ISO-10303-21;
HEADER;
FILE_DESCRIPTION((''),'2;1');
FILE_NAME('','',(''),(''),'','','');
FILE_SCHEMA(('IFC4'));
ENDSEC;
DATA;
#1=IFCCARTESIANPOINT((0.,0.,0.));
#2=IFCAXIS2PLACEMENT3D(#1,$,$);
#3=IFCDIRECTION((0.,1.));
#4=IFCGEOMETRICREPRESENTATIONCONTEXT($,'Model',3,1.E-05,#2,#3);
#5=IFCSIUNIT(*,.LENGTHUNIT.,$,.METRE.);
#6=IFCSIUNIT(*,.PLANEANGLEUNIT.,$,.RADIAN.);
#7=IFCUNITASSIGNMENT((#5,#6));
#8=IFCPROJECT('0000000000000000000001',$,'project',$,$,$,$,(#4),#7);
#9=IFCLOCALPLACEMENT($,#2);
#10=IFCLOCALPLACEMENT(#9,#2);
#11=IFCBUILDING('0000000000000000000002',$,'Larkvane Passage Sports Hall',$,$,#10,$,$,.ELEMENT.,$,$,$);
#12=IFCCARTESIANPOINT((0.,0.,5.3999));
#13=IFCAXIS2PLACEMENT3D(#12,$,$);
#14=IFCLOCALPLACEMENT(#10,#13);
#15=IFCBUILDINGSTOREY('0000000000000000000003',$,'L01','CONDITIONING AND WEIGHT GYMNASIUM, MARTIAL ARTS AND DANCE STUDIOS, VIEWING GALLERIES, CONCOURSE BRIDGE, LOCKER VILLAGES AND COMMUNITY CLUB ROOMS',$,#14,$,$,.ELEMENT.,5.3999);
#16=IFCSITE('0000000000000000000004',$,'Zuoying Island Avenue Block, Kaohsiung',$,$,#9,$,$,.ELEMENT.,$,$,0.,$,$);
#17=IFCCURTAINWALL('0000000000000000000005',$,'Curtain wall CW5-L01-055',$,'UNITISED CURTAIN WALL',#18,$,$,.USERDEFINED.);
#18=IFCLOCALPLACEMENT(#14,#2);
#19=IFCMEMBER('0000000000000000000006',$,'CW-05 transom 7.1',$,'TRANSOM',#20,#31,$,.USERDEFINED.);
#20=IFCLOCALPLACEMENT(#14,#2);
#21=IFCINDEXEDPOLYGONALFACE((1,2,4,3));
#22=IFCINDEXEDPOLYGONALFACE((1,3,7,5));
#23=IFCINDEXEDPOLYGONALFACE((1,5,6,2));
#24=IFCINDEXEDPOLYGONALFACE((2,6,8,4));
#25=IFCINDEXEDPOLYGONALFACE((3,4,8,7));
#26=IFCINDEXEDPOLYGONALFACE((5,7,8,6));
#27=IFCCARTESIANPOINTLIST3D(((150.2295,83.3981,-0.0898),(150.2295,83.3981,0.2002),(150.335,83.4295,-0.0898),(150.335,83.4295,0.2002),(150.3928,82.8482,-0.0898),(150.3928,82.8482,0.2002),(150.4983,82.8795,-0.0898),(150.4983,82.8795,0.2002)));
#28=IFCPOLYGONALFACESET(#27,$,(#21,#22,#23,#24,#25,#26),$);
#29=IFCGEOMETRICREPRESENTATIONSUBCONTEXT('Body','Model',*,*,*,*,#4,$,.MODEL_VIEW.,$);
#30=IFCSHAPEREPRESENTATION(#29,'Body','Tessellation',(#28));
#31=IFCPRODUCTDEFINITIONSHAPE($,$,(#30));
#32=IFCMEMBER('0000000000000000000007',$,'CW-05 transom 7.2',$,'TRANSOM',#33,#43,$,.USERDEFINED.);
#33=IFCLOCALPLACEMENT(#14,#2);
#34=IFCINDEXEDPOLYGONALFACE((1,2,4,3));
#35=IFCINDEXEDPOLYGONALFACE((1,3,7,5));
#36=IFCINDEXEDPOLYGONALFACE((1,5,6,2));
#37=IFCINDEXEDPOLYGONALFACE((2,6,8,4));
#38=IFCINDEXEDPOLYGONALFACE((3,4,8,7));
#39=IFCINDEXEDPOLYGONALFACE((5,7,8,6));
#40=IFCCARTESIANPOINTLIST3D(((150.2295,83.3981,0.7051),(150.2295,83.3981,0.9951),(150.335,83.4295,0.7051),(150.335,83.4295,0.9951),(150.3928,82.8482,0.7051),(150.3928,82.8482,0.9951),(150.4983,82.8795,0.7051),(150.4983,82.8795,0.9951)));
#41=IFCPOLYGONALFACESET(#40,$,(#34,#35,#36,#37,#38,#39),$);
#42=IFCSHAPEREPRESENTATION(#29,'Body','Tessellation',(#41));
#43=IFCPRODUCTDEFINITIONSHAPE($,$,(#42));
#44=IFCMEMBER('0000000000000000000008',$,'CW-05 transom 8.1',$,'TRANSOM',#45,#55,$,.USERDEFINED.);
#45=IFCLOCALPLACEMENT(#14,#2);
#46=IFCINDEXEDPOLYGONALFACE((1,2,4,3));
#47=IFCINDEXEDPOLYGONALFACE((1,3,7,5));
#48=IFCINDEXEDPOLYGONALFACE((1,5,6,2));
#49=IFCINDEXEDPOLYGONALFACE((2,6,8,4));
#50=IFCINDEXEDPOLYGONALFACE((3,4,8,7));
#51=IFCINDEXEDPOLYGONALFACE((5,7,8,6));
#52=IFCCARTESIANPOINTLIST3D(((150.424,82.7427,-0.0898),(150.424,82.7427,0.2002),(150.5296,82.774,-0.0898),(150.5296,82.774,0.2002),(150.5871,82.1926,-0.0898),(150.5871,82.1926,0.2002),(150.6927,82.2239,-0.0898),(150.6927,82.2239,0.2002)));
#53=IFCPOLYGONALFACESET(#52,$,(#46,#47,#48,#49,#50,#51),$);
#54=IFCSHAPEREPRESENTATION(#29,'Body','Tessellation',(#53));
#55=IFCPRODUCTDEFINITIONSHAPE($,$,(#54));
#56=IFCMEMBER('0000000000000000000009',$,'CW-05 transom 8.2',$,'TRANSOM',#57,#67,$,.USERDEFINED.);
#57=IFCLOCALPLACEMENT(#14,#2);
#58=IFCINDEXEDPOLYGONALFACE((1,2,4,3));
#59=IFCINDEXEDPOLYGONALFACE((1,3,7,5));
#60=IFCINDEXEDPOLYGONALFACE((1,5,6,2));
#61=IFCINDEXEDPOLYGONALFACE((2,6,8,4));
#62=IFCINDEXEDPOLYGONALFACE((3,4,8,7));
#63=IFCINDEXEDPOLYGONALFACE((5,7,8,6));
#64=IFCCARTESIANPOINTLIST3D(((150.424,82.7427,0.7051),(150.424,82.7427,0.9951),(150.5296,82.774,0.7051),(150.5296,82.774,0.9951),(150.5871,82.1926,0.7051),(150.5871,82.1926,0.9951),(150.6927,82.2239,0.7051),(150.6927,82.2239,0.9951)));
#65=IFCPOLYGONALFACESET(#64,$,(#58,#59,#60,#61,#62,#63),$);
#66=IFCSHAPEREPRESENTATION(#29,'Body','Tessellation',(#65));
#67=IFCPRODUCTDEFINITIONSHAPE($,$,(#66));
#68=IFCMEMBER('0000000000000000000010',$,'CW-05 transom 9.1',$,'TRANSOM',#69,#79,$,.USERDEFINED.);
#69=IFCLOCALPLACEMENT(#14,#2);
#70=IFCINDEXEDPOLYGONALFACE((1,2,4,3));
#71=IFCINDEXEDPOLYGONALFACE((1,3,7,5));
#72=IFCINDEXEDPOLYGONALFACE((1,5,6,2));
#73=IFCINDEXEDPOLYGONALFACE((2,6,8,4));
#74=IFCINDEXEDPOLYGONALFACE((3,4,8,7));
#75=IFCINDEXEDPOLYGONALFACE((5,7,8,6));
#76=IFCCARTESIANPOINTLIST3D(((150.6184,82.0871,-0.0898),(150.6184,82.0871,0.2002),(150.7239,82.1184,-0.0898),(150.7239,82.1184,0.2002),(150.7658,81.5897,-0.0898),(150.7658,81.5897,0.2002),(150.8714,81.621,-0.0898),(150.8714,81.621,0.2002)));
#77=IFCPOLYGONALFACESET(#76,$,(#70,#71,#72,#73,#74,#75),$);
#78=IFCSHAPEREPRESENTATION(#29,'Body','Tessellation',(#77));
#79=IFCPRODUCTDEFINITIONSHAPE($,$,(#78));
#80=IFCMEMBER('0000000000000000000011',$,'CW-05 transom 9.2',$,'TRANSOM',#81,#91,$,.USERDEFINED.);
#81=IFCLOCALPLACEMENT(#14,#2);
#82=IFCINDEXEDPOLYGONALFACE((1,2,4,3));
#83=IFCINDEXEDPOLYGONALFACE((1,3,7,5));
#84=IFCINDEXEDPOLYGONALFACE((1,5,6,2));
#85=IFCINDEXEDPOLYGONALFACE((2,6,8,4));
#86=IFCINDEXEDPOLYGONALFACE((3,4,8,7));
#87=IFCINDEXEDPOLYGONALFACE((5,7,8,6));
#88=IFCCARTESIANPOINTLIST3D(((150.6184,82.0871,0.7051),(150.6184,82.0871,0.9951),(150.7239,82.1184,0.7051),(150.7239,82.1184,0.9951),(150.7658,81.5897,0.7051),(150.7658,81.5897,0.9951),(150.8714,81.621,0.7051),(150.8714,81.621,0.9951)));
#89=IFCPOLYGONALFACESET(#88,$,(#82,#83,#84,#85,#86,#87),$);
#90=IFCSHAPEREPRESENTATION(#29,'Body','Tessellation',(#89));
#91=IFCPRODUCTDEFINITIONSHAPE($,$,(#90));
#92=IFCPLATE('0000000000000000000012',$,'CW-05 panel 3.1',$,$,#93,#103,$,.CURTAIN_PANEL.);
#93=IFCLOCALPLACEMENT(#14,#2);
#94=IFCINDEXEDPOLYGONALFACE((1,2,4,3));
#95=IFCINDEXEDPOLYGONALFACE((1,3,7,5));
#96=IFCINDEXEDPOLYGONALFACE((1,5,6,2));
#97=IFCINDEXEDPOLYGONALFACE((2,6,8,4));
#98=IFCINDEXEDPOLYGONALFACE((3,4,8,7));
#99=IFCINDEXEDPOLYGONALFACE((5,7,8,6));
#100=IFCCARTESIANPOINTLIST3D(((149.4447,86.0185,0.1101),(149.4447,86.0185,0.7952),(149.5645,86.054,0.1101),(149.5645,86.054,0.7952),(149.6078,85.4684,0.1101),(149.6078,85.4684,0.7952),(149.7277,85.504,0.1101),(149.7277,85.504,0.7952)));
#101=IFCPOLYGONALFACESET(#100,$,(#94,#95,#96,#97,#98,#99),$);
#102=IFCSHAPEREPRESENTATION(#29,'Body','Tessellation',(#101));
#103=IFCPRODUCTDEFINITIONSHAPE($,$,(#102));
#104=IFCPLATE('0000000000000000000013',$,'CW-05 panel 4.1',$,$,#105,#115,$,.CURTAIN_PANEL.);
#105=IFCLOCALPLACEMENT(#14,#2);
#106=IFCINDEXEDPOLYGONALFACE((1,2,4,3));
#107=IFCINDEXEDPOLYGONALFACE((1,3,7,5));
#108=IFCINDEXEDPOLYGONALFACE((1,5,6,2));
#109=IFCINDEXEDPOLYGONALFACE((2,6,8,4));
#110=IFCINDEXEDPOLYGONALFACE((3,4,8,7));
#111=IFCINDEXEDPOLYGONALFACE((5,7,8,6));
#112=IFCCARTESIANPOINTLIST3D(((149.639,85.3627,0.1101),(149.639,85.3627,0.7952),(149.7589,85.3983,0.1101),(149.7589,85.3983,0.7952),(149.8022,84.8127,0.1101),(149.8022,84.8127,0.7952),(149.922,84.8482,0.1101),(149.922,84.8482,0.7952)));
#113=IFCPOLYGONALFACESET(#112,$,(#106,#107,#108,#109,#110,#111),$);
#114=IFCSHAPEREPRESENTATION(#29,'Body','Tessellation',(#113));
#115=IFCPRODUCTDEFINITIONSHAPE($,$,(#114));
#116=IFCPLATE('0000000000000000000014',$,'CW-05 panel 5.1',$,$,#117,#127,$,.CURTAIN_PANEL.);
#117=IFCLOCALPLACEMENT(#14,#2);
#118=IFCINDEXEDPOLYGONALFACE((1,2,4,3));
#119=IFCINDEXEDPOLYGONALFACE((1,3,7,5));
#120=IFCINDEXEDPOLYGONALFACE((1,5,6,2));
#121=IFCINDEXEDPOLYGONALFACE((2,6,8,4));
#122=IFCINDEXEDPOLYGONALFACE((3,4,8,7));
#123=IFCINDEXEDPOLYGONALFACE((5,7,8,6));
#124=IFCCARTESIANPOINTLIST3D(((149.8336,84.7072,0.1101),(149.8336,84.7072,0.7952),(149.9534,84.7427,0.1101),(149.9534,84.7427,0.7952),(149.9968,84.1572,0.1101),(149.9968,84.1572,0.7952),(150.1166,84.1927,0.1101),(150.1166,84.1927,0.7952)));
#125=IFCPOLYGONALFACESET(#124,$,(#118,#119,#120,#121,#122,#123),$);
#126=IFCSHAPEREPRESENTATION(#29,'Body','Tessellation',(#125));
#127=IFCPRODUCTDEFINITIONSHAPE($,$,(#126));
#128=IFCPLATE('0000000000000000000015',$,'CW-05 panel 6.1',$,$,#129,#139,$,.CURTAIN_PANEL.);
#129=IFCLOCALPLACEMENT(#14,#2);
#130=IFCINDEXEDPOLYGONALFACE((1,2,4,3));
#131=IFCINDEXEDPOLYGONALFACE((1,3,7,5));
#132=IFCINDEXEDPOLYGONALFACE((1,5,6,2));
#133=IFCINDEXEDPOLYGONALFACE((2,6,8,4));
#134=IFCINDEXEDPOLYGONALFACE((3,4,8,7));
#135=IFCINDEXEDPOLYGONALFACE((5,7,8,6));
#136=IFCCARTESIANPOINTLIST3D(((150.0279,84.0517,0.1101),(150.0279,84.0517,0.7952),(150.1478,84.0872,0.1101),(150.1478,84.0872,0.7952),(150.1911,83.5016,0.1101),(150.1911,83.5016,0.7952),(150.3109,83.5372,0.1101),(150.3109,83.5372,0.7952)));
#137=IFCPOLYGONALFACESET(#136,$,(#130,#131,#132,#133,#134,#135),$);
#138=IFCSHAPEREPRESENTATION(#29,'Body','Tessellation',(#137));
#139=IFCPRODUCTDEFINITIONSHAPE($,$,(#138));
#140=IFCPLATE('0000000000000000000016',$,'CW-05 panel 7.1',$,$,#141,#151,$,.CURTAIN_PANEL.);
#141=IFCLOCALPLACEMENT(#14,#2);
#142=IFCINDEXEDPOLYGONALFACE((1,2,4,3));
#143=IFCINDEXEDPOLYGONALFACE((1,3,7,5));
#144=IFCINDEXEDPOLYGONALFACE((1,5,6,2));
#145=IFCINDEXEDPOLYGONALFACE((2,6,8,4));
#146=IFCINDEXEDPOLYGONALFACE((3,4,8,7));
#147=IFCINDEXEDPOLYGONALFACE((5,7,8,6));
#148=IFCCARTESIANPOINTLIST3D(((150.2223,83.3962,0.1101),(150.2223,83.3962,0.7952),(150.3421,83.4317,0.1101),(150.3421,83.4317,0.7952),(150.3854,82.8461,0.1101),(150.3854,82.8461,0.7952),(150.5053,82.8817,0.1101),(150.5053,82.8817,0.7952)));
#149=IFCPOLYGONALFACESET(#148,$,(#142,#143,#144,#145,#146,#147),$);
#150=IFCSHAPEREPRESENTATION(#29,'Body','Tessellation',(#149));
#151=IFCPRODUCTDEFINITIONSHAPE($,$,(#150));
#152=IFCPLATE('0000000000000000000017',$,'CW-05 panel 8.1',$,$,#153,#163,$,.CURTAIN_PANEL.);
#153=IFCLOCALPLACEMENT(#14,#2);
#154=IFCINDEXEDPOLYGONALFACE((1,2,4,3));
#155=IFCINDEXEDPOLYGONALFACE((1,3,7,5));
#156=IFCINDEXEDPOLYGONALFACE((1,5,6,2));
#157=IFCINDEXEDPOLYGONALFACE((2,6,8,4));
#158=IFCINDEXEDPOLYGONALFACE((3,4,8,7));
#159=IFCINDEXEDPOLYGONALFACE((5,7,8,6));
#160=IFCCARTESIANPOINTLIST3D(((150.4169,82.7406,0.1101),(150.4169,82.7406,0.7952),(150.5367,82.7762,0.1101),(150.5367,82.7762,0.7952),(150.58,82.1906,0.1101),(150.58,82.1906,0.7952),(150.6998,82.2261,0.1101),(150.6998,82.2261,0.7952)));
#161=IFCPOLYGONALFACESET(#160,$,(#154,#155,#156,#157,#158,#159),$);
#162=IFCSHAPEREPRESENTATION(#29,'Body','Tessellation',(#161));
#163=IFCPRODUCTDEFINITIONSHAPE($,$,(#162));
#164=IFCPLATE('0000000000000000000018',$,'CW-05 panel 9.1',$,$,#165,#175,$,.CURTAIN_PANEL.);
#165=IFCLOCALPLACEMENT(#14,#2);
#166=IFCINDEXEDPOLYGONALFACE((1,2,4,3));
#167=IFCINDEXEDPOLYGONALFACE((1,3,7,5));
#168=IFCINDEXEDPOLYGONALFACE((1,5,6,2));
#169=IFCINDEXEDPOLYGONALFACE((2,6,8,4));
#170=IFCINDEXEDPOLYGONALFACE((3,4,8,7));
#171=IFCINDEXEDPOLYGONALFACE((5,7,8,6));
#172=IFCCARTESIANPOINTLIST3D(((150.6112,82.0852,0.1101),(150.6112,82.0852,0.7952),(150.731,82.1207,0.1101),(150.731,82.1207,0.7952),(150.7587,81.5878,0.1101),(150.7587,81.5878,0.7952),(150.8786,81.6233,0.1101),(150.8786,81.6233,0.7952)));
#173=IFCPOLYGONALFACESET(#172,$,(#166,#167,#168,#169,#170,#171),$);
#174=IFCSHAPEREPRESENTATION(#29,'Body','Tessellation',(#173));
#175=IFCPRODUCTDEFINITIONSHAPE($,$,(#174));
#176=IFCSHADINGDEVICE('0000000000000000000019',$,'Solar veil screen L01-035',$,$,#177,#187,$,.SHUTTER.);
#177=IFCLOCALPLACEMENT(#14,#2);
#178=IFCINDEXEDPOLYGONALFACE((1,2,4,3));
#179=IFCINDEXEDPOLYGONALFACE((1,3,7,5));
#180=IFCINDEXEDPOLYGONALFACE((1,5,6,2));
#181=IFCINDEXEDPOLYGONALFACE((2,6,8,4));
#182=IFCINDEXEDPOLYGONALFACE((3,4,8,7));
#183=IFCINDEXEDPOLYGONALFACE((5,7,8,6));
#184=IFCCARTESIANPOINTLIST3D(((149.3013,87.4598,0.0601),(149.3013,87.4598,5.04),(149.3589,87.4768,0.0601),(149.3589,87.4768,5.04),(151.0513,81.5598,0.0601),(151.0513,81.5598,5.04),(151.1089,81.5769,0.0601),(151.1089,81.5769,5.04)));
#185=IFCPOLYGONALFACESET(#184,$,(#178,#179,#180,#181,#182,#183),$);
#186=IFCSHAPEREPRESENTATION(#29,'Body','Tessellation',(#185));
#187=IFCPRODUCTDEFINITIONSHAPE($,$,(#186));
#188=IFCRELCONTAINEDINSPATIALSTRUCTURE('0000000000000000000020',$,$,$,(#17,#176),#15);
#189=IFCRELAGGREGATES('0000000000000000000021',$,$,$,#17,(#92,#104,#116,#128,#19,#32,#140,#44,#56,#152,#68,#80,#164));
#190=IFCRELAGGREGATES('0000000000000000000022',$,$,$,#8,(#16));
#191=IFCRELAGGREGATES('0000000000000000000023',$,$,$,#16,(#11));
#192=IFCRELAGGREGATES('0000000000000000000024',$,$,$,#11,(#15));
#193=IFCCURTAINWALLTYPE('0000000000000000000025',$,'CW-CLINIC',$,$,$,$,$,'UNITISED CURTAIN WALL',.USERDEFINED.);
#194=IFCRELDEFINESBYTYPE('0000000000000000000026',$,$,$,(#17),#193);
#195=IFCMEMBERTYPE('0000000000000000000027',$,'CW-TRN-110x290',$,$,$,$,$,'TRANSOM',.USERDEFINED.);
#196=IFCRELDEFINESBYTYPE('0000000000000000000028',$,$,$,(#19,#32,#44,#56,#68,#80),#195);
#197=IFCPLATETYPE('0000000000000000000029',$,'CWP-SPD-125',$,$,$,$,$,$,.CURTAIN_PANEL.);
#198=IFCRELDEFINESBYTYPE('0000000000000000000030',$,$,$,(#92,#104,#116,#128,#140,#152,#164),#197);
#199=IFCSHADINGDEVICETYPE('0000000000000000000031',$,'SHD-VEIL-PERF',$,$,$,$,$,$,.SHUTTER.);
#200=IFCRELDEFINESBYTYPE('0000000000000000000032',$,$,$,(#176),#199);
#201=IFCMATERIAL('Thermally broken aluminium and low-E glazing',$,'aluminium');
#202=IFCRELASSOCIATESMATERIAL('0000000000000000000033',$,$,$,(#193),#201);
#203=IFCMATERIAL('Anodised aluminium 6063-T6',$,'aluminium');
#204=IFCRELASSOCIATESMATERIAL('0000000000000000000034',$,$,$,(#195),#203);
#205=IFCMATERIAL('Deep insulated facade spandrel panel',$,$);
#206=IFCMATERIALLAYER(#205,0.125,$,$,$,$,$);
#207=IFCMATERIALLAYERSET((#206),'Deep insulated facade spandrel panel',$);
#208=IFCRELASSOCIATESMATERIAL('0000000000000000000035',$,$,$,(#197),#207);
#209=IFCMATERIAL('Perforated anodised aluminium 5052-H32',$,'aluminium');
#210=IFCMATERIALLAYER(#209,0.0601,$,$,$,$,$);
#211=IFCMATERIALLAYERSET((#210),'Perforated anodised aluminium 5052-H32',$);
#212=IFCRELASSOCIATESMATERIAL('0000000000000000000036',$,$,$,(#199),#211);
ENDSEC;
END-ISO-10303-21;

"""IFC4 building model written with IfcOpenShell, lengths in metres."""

from ifc_helpers import new_model, si_unit, direction, frame, origin, origin_2d, place, context, subcontext, project, spatial, rectangle, extrude, material, layer, layer_set, material_profile, profile_set, type_object, element, aggregate, save


model = new_model("IFC4")

# Units and contexts
model_context = context("Model", 3, precision=1e-05, world=origin(), true_north=direction((0.0, 1.0)))
body_context = subcontext(model_context, "Body", "Model", "MODEL_VIEW")
ifc_project = project(units=[si_unit("LENGTHUNIT", "METRE"), si_unit("PLANEANGLEUNIT", "RADIAN")], contexts=[model_context])

# Site, building, storey
site_placement = place(None, origin())
site = spatial("IfcSite", under=ifc_project, at=site_placement, Name="Zuoying Island Avenue Block, Kaohsiung", CompositionType="ELEMENT", RefElevation=0.0)
building_placement = place(site_placement, origin())
building = spatial("IfcBuilding", under=site, at=building_placement, Name="Larkvane Passage Sports Hall", CompositionType="ELEMENT")
storey_placement = place(building_placement, frame((0.0, 0.0, 5.3999)))
storey = spatial("IfcBuildingStorey", under=building, at=storey_placement, Name="L01", Description="CONDITIONING AND WEIGHT GYMNASIUM, MARTIAL ARTS AND DANCE STUDIOS, VIEWING GALLERIES, CONCOURSE BRIDGE, LOCKER VILLAGES AND COMMUNITY CLUB ROOMS", CompositionType="ELEMENT", Elevation=5.3999)

# Curtain wall, members, plates
ifc_material_1 = material(Name="Thermally broken aluminium and low-E glazing", Category="aluminium")
curtain_wall_type = type_object("IfcCurtainWallType", Name="CW-CLINIC", ElementType="UNITISED CURTAIN WALL", PredefinedType="USERDEFINED", material=ifc_material_1)
curtain_wall_placement = place(storey_placement, origin())
curtain_wall = element("IfcCurtainWall", 1, at=curtain_wall_placement, inside=storey, type_object=curtain_wall_type, Name="Curtain wall CW5-L01-055", ObjectType="UNITISED CURTAIN WALL", PredefinedType="USERDEFINED")
ifc_material_2 = material(Name="Anodised aluminium 6063-T6", Category="aluminium")
ifc_material_profile_1 = material_profile(ifc_material_2, rectangle(XDim=0.1101, YDim=0.29, at=origin_2d()), Name="ALU-TRN-110x290")
ifc_profile_set_1 = profile_set([ifc_material_profile_1], Name="Anodised aluminium 6063-T6")
member_type_1 = type_object("IfcMemberType", Name="CW-TRN-110x290", ElementType="TRANSOM", PredefinedType="USERDEFINED", material=ifc_profile_set_1)
member_1_placement = place(storey_placement, frame((150.2822, 83.4138, 0.0552), z_axis=(0.284653, -0.958631, 0.0), x_axis=(0.958631, 0.284653, 0.0)))
member_1 = element("IfcMember", 2, at=member_1_placement, type_object=member_type_1, Name="CW-05 transom 7.1", ObjectType="TRANSOM", PredefinedType="USERDEFINED", context=body_context, shape_type="SweptSolid", body=[
    extrude(rectangle(XDim=0.1101, YDim=0.29, at=origin_2d()), origin(), (0.0, 0.0, 1.0), 0.5737),
])
member_2_placement = place(storey_placement, frame((150.2822, 83.4138, 0.8501), z_axis=(0.284653, -0.958631, 0.0), x_axis=(0.958631, 0.284653, 0.0)))
member_2 = element("IfcMember", 3, at=member_2_placement, type_object=member_type_1, Name="CW-05 transom 7.2", ObjectType="TRANSOM", PredefinedType="USERDEFINED", context=body_context, shape_type="SweptSolid", body=[
    extrude(rectangle(XDim=0.1101, YDim=0.29, at=origin_2d()), origin(), (0.0, 0.0, 1.0), 0.5737),
])
member_3_placement = place(storey_placement, frame((150.4768, 82.7583, 0.0552), z_axis=(0.284262, -0.958747, 0.0), x_axis=(0.958747, 0.284262, 0.0)))
member_3 = element("IfcMember", 4, at=member_3_placement, type_object=member_type_1, Name="CW-05 transom 8.1", ObjectType="TRANSOM", PredefinedType="USERDEFINED", context=body_context, shape_type="SweptSolid", body=[
    extrude(rectangle(XDim=0.1101, YDim=0.29, at=origin_2d()), origin(), (0.0, 0.0, 1.0), 0.5737),
])
member_4_placement = place(storey_placement, frame((150.4768, 82.7583, 0.8501), z_axis=(0.284262, -0.958747, 0.0), x_axis=(0.958747, 0.284262, 0.0)))
member_4 = element("IfcMember", 5, at=member_4_placement, type_object=member_type_1, Name="CW-05 transom 8.2", ObjectType="TRANSOM", PredefinedType="USERDEFINED", context=body_context, shape_type="SweptSolid", body=[
    extrude(rectangle(XDim=0.1101, YDim=0.29, at=origin_2d()), origin(), (0.0, 0.0, 1.0), 0.5737),
])
member_5_placement = place(storey_placement, frame((150.6711, 82.1028, 0.0552), z_axis=(0.284281, -0.958741, 0.0), x_axis=(0.958741, 0.284281, 0.0)))
member_5 = element("IfcMember", 6, at=member_5_placement, type_object=member_type_1, Name="CW-05 transom 9.1", ObjectType="TRANSOM", PredefinedType="USERDEFINED", context=body_context, shape_type="SweptSolid", body=[
    extrude(rectangle(XDim=0.1101, YDim=0.29, at=origin_2d()), origin(), (0.0, 0.0, 1.0), 0.5188),
])
member_6_placement = place(storey_placement, frame((150.6711, 82.1028, 0.8501), z_axis=(0.284281, -0.958741, 0.0), x_axis=(0.958741, 0.284281, 0.0)))
member_6 = element("IfcMember", 7, at=member_6_placement, type_object=member_type_1, Name="CW-05 transom 9.2", ObjectType="TRANSOM", PredefinedType="USERDEFINED", context=body_context, shape_type="SweptSolid", body=[
    extrude(rectangle(XDim=0.1101, YDim=0.29, at=origin_2d()), origin(), (0.0, 0.0, 1.0), 0.5188),
])
ifc_material_3 = material(Name="Deep insulated facade spandrel panel")
ifc_layer_1 = layer(ifc_material_3, 0.125)
ifc_layer_set_1 = layer_set([ifc_layer_1], Name="Deep insulated facade spandrel panel")
plate_type = type_object("IfcPlateType", Name="CWP-SPD-125", PredefinedType="CURTAIN_PANEL", material=ifc_layer_set_1)
plate_1_placement = place(storey_placement, frame((149.5862, 85.7612, 0.1101), z_axis=(0.0, 0.0, 1.0), x_axis=(0.284365, -0.958716, 0.0)))
plate_1 = element("IfcPlate", 8, at=plate_1_placement, type_object=plate_type, Name="CW-05 panel 3.1", PredefinedType="CURTAIN_PANEL", context=body_context, shape_type="SweptSolid", body=[
    extrude(rectangle(XDim=0.5737, YDim=0.125, at=origin_2d()), origin(), (0.0, 0.0, 1.0), 0.6851),
])
plate_2_placement = place(storey_placement, frame((149.7805, 85.1055, 0.1101), z_axis=(0.0, 0.0, 1.0), x_axis=(0.284365, -0.958716, 0.0)))
plate_2 = element("IfcPlate", 9, at=plate_2_placement, type_object=plate_type, Name="CW-05 panel 4.1", PredefinedType="CURTAIN_PANEL", context=body_context, shape_type="SweptSolid", body=[
    extrude(rectangle(XDim=0.5737, YDim=0.125, at=origin_2d()), origin(), (0.0, 0.0, 1.0), 0.6851),
])
plate_3_placement = place(storey_placement, frame((149.9751, 84.45, 0.1101), z_axis=(0.0, 0.0, 1.0), x_axis=(0.284365, -0.958716, 0.0)))
plate_3 = element("IfcPlate", 10, at=plate_3_placement, type_object=plate_type, Name="CW-05 panel 5.1", PredefinedType="CURTAIN_PANEL", context=body_context, shape_type="SweptSolid", body=[
    extrude(rectangle(XDim=0.5737, YDim=0.125, at=origin_2d()), origin(), (0.0, 0.0, 1.0), 0.6851),
])
plate_4_placement = place(storey_placement, frame((150.1694, 83.7944, 0.1101), z_axis=(0.0, 0.0, 1.0), x_axis=(0.284365, -0.958716, 0.0)))
plate_4 = element("IfcPlate", 11, at=plate_4_placement, type_object=plate_type, Name="CW-05 panel 6.1", PredefinedType="CURTAIN_PANEL", context=body_context, shape_type="SweptSolid", body=[
    extrude(rectangle(XDim=0.5737, YDim=0.125, at=origin_2d()), origin(), (0.0, 0.0, 1.0), 0.6851),
])
plate_5_placement = place(storey_placement, frame((150.3638, 83.1389, 0.1101), z_axis=(0.0, 0.0, 1.0), x_axis=(0.284365, -0.958716, 0.0)))
plate_5 = element("IfcPlate", 12, at=plate_5_placement, type_object=plate_type, Name="CW-05 panel 7.1", PredefinedType="CURTAIN_PANEL", context=body_context, shape_type="SweptSolid", body=[
    extrude(rectangle(XDim=0.5737, YDim=0.125, at=origin_2d()), origin(), (0.0, 0.0, 1.0), 0.6851),
])
plate_6_placement = place(storey_placement, frame((150.5583, 82.4834, 0.1101), z_axis=(0.0, 0.0, 1.0), x_axis=(0.284365, -0.958716, 0.0)))
plate_6 = element("IfcPlate", 13, at=plate_6_placement, type_object=plate_type, Name="CW-05 panel 8.1", PredefinedType="CURTAIN_PANEL", context=body_context, shape_type="SweptSolid", body=[
    extrude(rectangle(XDim=0.5737, YDim=0.125, at=origin_2d()), origin(), (0.0, 0.0, 1.0), 0.6851),
])
plate_7_placement = place(storey_placement, frame((150.7449, 81.8542, 0.1101), z_axis=(0.0, 0.0, 1.0), x_axis=(0.284365, -0.958716, 0.0)))
plate_7 = element("IfcPlate", 14, at=plate_7_placement, type_object=plate_type, Name="CW-05 panel 9.1", PredefinedType="CURTAIN_PANEL", context=body_context, shape_type="SweptSolid", body=[
    extrude(rectangle(XDim=0.5188, YDim=0.125, at=origin_2d()), origin(), (0.0, 0.0, 1.0), 0.6851),
])
aggregate(curtain_wall, [plate_1, plate_2, plate_3, plate_4, member_1, member_2, plate_5, member_3, member_4, plate_6, member_5, member_6, plate_7])

# Shading device
ifc_material_4 = material(Name="Perforated anodised aluminium 5052-H32", Category="aluminium")
ifc_layer_2 = layer(ifc_material_4, 0.0601)
ifc_layer_set_2 = layer_set([ifc_layer_2], Name="Perforated anodised aluminium 5052-H32")
shading_device_type = type_object("IfcShadingDeviceType", Name="SHD-VEIL-PERF", PredefinedType="SHUTTER", material=ifc_layer_set_2)
shading_device_placement = place(storey_placement, frame((150.2051, 84.5183, 0.0601), z_axis=(0.0, 0.0, 1.0), x_axis=(0.284365, -0.958716, 0.0)))
element("IfcShadingDevice", 15, at=shading_device_placement, inside=storey, type_object=shading_device_type, Name="Solar veil screen L01-035", PredefinedType="SHUTTER", context=body_context, shape_type="SweptSolid", body=[
    extrude(rectangle(XDim=6.1541, YDim=0.0601, at=origin_2d()), origin(), (0.0, 0.0, 1.0), 4.98),
])

save(model, "model.ifc")
